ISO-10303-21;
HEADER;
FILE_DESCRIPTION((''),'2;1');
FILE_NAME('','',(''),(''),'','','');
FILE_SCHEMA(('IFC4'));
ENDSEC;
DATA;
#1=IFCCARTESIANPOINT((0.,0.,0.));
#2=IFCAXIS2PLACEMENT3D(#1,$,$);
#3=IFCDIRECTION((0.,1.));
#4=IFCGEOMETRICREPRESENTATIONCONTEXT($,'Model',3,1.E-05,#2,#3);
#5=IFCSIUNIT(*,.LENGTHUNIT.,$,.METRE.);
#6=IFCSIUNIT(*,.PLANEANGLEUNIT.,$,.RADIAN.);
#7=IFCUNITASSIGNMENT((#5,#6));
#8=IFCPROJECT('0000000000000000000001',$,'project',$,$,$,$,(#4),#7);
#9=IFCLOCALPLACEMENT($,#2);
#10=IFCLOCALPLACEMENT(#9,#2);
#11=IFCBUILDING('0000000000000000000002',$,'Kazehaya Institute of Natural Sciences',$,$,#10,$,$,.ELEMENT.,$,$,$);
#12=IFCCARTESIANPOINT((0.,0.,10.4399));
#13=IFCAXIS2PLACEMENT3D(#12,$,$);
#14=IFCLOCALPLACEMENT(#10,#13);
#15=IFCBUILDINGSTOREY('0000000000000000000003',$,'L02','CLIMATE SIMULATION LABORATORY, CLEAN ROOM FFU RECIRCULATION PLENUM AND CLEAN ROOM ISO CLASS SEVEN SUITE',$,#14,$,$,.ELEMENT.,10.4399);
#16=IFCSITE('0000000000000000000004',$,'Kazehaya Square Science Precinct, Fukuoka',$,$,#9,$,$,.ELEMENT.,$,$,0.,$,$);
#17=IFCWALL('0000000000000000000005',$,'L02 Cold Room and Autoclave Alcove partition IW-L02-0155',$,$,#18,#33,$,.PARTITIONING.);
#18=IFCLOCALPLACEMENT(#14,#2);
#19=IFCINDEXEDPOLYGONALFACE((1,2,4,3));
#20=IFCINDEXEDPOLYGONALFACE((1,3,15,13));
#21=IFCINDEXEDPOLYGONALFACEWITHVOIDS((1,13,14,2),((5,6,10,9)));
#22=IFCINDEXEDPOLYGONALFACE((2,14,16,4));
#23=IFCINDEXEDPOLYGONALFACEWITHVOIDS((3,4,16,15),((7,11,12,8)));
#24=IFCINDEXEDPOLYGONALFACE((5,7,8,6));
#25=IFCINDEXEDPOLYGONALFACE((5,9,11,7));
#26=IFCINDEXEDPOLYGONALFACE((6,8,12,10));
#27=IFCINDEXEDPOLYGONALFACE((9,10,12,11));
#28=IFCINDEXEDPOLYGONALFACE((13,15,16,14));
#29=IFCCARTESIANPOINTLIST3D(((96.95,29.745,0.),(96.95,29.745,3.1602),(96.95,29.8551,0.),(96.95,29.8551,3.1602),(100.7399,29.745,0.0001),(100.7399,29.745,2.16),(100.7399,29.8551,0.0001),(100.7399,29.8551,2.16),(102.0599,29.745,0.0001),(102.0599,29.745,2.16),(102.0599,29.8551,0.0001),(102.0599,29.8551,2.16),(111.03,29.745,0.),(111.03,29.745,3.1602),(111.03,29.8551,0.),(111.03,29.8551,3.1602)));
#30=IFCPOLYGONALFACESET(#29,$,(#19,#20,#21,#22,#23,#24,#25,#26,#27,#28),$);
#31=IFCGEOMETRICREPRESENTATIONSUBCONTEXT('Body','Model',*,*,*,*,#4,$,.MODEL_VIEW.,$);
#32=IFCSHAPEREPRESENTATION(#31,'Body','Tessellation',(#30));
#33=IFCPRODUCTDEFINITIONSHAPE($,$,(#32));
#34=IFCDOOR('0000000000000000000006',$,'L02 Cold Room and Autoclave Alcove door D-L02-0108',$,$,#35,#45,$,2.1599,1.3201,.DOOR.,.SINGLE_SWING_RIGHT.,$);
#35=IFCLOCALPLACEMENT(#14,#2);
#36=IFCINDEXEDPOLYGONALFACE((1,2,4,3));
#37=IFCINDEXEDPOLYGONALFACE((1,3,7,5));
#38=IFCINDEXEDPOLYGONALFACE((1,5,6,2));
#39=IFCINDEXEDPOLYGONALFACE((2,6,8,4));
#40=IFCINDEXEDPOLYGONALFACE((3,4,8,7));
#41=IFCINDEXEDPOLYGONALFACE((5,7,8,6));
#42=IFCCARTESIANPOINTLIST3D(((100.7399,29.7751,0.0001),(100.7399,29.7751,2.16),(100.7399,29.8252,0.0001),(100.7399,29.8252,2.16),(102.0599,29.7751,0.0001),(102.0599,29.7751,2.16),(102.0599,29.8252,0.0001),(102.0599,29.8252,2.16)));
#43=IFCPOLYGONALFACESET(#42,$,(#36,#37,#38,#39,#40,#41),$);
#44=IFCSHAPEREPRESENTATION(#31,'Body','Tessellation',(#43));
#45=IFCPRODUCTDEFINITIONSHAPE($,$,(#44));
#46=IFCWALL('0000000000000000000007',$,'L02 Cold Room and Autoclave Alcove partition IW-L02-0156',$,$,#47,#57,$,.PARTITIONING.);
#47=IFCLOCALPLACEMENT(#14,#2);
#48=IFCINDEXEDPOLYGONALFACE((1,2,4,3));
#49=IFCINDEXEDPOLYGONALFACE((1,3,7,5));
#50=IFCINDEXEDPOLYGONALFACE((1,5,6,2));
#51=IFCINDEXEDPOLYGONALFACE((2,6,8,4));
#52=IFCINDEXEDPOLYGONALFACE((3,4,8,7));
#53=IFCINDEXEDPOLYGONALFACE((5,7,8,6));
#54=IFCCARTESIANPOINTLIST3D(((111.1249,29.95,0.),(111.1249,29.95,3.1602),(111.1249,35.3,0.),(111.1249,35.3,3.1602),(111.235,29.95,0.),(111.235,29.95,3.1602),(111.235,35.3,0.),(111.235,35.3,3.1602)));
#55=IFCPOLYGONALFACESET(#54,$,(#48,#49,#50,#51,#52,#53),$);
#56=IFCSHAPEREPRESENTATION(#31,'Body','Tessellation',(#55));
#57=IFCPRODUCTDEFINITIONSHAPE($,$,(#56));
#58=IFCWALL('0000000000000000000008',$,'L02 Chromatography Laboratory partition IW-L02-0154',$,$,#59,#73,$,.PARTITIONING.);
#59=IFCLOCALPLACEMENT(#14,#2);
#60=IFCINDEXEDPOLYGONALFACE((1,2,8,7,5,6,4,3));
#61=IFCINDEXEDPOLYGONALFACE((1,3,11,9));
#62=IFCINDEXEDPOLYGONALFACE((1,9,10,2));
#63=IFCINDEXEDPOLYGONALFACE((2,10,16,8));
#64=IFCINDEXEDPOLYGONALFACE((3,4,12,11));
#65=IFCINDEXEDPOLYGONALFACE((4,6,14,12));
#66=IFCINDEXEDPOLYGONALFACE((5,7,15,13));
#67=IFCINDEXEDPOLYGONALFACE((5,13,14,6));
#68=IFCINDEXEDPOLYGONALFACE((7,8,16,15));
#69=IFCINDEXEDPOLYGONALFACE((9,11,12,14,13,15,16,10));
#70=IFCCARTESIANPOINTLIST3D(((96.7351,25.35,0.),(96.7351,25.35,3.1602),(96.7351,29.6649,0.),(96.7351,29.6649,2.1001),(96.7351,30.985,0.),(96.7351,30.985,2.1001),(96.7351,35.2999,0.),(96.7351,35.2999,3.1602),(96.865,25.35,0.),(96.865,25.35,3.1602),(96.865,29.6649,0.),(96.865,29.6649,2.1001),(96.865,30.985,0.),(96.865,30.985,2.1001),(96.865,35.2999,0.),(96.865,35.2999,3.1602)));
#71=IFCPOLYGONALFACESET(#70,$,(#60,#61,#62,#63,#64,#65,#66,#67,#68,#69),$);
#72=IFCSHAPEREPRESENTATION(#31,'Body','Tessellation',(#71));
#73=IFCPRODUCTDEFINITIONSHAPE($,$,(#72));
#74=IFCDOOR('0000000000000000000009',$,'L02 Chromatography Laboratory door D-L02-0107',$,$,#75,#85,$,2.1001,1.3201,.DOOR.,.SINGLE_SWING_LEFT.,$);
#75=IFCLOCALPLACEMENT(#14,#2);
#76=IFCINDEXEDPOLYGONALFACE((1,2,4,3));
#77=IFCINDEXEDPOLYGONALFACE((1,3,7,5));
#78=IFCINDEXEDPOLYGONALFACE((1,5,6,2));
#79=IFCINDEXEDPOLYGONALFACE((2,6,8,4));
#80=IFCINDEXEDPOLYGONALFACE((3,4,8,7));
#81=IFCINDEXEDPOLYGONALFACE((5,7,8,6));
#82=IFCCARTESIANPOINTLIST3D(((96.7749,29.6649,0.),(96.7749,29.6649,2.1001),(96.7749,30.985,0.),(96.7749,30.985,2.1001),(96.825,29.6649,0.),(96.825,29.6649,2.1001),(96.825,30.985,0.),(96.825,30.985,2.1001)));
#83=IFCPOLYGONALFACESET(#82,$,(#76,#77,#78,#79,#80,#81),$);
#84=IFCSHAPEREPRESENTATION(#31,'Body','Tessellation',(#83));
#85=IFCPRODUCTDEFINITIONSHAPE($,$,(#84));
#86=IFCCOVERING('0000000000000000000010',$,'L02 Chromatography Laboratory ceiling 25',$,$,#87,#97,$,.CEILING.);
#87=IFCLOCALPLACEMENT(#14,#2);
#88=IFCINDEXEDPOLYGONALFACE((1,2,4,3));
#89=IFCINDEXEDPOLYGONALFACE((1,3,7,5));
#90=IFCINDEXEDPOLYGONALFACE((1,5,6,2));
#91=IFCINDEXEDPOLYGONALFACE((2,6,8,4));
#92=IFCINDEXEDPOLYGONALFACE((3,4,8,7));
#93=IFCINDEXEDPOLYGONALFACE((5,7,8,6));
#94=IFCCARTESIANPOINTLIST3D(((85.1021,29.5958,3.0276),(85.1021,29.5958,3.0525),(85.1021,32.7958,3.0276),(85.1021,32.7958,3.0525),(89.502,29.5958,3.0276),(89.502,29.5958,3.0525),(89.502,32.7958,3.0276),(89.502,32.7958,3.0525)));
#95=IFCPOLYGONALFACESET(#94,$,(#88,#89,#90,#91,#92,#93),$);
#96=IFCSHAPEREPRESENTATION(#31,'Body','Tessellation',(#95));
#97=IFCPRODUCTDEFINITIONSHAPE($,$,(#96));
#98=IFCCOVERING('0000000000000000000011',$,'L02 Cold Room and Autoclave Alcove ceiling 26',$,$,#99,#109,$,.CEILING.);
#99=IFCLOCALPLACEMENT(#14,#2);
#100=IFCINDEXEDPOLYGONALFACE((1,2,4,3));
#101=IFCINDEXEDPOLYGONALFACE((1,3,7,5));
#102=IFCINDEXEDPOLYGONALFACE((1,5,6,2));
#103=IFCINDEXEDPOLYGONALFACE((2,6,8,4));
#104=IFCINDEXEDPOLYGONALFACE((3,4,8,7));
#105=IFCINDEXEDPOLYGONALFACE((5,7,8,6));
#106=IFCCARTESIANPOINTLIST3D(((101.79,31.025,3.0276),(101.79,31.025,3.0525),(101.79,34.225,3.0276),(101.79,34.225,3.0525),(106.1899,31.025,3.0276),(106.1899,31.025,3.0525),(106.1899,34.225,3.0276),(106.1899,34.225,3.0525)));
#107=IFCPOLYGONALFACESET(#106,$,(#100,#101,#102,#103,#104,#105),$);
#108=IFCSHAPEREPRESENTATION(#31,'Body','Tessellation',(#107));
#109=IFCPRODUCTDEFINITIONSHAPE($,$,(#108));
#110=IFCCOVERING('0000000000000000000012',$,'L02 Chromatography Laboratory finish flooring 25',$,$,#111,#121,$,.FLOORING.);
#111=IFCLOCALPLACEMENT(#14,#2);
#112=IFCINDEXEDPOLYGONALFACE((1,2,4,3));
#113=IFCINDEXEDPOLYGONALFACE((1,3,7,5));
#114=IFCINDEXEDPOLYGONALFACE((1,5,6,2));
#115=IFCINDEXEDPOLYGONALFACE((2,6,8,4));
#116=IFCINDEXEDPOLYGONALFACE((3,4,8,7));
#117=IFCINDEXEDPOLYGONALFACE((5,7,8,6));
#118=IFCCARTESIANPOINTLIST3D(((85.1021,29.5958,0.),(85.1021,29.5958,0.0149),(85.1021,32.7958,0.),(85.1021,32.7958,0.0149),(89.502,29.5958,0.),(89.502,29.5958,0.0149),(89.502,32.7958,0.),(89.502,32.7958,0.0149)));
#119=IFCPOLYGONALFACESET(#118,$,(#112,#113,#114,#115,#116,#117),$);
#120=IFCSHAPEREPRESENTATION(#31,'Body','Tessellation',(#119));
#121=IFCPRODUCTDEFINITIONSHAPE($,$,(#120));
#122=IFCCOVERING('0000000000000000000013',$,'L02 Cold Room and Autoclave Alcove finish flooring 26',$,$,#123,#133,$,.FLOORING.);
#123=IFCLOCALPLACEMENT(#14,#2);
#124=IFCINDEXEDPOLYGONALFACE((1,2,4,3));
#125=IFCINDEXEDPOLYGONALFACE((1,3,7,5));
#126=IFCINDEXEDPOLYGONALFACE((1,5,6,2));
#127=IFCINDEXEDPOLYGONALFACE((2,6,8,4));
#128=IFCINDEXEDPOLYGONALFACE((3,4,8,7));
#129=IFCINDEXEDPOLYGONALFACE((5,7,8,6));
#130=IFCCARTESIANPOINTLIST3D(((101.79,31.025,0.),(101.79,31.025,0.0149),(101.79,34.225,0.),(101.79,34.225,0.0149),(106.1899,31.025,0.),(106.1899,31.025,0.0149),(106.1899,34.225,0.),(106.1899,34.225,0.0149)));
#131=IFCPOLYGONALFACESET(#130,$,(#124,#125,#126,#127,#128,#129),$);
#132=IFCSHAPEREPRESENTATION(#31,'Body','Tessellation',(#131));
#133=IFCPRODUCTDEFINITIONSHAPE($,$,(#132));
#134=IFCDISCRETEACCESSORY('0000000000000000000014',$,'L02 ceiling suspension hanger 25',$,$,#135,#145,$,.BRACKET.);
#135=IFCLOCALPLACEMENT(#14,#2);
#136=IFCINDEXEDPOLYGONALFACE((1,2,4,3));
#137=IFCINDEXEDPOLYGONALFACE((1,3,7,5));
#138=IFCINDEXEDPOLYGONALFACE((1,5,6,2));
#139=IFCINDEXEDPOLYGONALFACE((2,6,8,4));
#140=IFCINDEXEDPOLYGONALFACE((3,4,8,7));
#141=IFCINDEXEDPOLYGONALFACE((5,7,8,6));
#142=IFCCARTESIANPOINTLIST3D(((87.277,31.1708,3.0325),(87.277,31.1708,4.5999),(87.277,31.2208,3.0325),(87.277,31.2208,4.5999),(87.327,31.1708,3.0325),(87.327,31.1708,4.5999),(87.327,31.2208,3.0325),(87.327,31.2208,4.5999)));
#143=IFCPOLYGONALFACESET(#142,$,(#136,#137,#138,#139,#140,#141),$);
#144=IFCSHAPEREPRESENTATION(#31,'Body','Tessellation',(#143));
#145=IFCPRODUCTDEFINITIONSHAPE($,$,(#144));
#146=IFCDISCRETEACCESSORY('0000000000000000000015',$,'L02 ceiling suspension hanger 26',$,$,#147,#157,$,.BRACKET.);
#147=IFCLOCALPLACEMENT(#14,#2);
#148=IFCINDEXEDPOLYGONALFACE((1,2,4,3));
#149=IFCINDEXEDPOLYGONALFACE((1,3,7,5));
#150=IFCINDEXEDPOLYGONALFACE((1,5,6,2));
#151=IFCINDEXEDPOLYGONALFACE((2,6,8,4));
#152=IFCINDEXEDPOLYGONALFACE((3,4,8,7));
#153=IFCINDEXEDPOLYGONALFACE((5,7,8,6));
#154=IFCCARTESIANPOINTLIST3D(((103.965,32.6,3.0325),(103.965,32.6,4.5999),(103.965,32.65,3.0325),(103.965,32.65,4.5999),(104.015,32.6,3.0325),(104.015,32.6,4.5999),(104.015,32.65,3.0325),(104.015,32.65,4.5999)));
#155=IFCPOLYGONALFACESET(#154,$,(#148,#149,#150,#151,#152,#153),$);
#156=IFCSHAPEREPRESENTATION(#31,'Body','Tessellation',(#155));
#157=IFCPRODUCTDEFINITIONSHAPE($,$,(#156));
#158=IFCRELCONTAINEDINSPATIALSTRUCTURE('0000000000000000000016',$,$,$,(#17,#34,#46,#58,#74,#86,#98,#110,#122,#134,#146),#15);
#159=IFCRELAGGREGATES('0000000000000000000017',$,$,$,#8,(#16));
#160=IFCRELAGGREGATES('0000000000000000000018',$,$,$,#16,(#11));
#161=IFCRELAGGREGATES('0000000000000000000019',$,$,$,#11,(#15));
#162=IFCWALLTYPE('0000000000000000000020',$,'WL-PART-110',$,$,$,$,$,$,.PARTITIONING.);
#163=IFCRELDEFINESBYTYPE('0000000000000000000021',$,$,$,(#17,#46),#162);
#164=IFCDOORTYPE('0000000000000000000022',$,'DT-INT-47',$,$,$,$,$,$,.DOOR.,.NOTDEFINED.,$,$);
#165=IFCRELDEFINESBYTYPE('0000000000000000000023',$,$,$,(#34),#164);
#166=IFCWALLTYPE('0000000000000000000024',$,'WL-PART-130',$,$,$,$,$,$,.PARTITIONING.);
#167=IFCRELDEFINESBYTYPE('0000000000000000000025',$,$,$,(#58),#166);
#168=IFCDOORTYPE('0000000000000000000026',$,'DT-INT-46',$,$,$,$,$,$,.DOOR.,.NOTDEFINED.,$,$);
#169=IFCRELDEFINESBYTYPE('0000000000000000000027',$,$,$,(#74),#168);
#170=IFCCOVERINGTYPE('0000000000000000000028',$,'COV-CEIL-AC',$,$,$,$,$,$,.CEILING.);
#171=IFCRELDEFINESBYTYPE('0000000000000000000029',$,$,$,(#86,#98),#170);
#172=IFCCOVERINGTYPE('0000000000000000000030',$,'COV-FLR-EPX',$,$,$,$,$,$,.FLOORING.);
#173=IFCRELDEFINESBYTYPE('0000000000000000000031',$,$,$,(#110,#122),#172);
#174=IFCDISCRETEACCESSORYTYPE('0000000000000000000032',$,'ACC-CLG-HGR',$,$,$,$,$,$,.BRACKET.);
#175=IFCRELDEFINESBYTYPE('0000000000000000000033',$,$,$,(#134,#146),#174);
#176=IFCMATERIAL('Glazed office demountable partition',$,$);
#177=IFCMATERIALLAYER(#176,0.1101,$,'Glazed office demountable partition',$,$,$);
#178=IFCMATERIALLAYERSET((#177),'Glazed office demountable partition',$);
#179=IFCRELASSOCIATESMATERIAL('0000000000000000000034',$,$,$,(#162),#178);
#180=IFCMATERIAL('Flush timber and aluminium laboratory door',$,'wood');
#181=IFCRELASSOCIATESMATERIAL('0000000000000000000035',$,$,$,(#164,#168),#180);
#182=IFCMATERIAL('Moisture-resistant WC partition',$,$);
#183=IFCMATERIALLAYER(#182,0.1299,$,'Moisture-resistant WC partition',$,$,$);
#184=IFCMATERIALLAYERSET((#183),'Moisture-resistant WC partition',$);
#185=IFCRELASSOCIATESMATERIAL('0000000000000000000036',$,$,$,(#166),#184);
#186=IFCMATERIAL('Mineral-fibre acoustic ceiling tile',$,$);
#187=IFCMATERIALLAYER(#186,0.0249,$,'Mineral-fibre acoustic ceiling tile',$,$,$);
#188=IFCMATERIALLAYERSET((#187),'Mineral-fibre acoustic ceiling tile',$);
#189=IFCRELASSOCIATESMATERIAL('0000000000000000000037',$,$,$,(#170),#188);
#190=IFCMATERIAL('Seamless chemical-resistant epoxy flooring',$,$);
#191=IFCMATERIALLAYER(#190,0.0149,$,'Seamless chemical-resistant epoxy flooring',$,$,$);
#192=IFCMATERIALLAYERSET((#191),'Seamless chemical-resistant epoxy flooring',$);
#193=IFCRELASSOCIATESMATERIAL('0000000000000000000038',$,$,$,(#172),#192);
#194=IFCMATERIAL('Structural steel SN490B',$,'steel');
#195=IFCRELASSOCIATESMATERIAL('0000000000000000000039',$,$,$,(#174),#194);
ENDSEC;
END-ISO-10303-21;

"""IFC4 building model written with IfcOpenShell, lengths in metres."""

from ifc_helpers import new_model, si_unit, direction, frame, frame_2d, origin, origin_2d, place, context, subcontext, project, spatial, rectangle, extrude, material, layer, layer_set, type_object, element, fill, save


model = new_model("IFC4")

# Units and contexts
model_context = context("Model", 3, precision=1e-05, world=origin(), true_north=direction((0.0, 1.0)))
body_context = subcontext(model_context, "Body", "Model", "MODEL_VIEW")
ifc_project = project(units=[si_unit("LENGTHUNIT", "METRE"), si_unit("PLANEANGLEUNIT", "RADIAN")], contexts=[model_context])

# Site, building, storey
site_placement = place(None, origin())
site = spatial("IfcSite", under=ifc_project, at=site_placement, Name="Kazehaya Square Science Precinct, Fukuoka", CompositionType="ELEMENT", RefElevation=0.0)
building_placement = place(site_placement, origin())
building = spatial("IfcBuilding", under=site, at=building_placement, Name="Kazehaya Institute of Natural Sciences", CompositionType="ELEMENT")
storey_placement = place(building_placement, frame((0.0, 0.0, 10.4399)))
storey = spatial("IfcBuildingStorey", under=building, at=storey_placement, Name="L02", Description="CLIMATE SIMULATION LABORATORY, CLEAN ROOM FFU RECIRCULATION PLENUM AND CLEAN ROOM ISO CLASS SEVEN SUITE", CompositionType="ELEMENT", Elevation=10.4399)

# Shared definitions
ifc_material_1 = material(Name="Structural steel SN490B", Category="steel")

# Wall, opening, door
ifc_material_2 = material(Name="Glazed office demountable partition")
ifc_layer_1 = layer(ifc_material_2, 0.1101, Name="Glazed office demountable partition")
ifc_layer_set_1 = layer_set([ifc_layer_1], Name="Glazed office demountable partition")
wall_type_1 = type_object("IfcWallType", Name="WL-PART-110", PredefinedType="PARTITIONING", material=ifc_layer_set_1)
wall_1_placement = place(storey_placement, frame((111.03, 29.8, 0.0), z_axis=(0.0, 0.0, 1.0), x_axis=(-1.0, 0.0, 0.0)))
wall_1 = element("IfcWall", 1, at=wall_1_placement, inside=storey, type_object=wall_type_1, Name="L02 Cold Room and Autoclave Alcove partition IW-L02-0155", PredefinedType="PARTITIONING", context=body_context, shape_type="SweptSolid", body=[
    extrude(rectangle(XDim=14.0801, YDim=0.1101, at=frame_2d((7.04, 0.0))), origin(), (0.0, 0.0, 1.0), 3.1602),
])
opening_1_placement = place(wall_1_placement, frame((8.97, 0.0, 0.0)))
opening_1 = element("IfcOpeningElement", 2, at=opening_1_placement, cuts=wall_1, PredefinedType="OPENING", context=body_context, shape_type="SweptSolid", body=[
    extrude(rectangle(XDim=1.3201, YDim=2.1599, at=frame_2d((0.6602, 1.0801))), frame((0.0, 0.0649, 0.0), z_axis=(0.0, -1.0, 0.0), x_axis=(1.0, 0.0, 0.0)), (0.0, 0.0, 1.0), 0.1301),
])
ifc_material_3 = material(Name="Flush timber and aluminium laboratory door", Category="wood")
door_type_1 = type_object("IfcDoorType", Name="DT-INT-47", OperationType="NOTDEFINED", PredefinedType="DOOR", material=ifc_material_3)
door_1_placement = place(opening_1_placement, origin())
door_1 = element("IfcDoor", 3, at=door_1_placement, inside=storey, type_object=door_type_1, Name="L02 Cold Room and Autoclave Alcove door D-L02-0108", OperationType="SINGLE_SWING_RIGHT", OverallHeight=2.1599, OverallWidth=1.3201, PredefinedType="DOOR", context=body_context, shape_type="SweptSolid", body=[
    extrude(rectangle(XDim=1.3201, YDim=2.1599, at=frame_2d((0.6602, 1.0801))), frame((0.0, 0.0249, 0.0), z_axis=(0.0, -1.0, 0.0), x_axis=(1.0, 0.0, 0.0)), (0.0, 0.0, 1.0), 0.05),
])
fill(opening_1, door_1)

# Wall
wall_2_placement = place(storey_placement, frame((111.1799, 35.3, 0.0), z_axis=(0.0, 0.0, 1.0), x_axis=(0.0, -1.0, 0.0)))
element("IfcWall", 4, at=wall_2_placement, inside=storey, type_object=wall_type_1, Name="L02 Cold Room and Autoclave Alcove partition IW-L02-0156", PredefinedType="PARTITIONING", context=body_context, shape_type="SweptSolid", body=[
    extrude(rectangle(XDim=5.3501, YDim=0.1101, at=frame_2d((2.675, 0.0))), origin(), (0.0, 0.0, 1.0), 3.1602),
])

# Wall, opening, door
ifc_material_4 = material(Name="Moisture-resistant WC partition")
ifc_layer_2 = layer(ifc_material_4, 0.1299, Name="Moisture-resistant WC partition")
ifc_layer_set_2 = layer_set([ifc_layer_2], Name="Moisture-resistant WC partition")
wall_type_2 = type_object("IfcWallType", Name="WL-PART-130", PredefinedType="PARTITIONING", material=ifc_layer_set_2)
wall_3_placement = place(storey_placement, frame((96.8, 35.3, 0.0), z_axis=(0.0, 0.0, 1.0), x_axis=(0.0, -1.0, 0.0)))
wall_3 = element("IfcWall", 5, at=wall_3_placement, inside=storey, type_object=wall_type_2, Name="L02 Chromatography Laboratory partition IW-L02-0154", PredefinedType="PARTITIONING", context=body_context, shape_type="SweptSolid", body=[
    extrude(rectangle(XDim=9.95, YDim=0.1299, at=frame_2d((4.9751, 0.0))), origin(), (0.0, 0.0, 1.0), 3.1602),
])
opening_2_placement = place(wall_3_placement, frame((4.3149, 0.0, 0.0)))
opening_2 = element("IfcOpeningElement", 6, at=opening_2_placement, cuts=wall_3, PredefinedType="OPENING", context=body_context, shape_type="SweptSolid", body=[
    extrude(rectangle(XDim=1.3201, YDim=2.1001, at=frame_2d((0.6602, 1.05))), frame((0.0, 0.075, 0.0), z_axis=(0.0, -1.0, 0.0), x_axis=(1.0, 0.0, 0.0)), (0.0, 0.0, 1.0), 0.1499),
])
door_type_2 = type_object("IfcDoorType", Name="DT-INT-46", OperationType="NOTDEFINED", PredefinedType="DOOR", material=ifc_material_3)
door_2_placement = place(opening_2_placement, origin())
door_2 = element("IfcDoor", 7, at=door_2_placement, inside=storey, type_object=door_type_2, Name="L02 Chromatography Laboratory door D-L02-0107", OperationType="SINGLE_SWING_LEFT", OverallHeight=2.1001, OverallWidth=1.3201, PredefinedType="DOOR", context=body_context, shape_type="SweptSolid", body=[
    extrude(rectangle(XDim=1.3201, YDim=2.1001, at=frame_2d((0.6602, 1.05))), frame((0.0, 0.0249, 0.0), z_axis=(0.0, -1.0, 0.0), x_axis=(1.0, 0.0, 0.0)), (0.0, 0.0, 1.0), 0.05),
])
fill(opening_2, door_2)

# Coverings
ifc_material_5 = material(Name="Mineral-fibre acoustic ceiling tile")
ifc_layer_3 = layer(ifc_material_5, 0.0249, Name="Mineral-fibre acoustic ceiling tile")
ifc_layer_set_3 = layer_set([ifc_layer_3], Name="Mineral-fibre acoustic ceiling tile")
covering_type_1 = type_object("IfcCoveringType", Name="COV-CEIL-AC", PredefinedType="CEILING", material=ifc_layer_set_3)
for number, where, z_axis, x_axis, name in (
    (8, (87.302, 31.1958, 3.0276), (0.0, 0.0, 1.0), (1.0, 0.0, 0.0), "L02 Chromatography Laboratory ceiling 25"),
    (9, (103.99, 32.625, 3.0276), (0.0, 0.0, 1.0), (1.0, 0.0, 0.0), "L02 Cold Room and Autoclave Alcove ceiling 26"),
):
    element("IfcCovering", number, at=place(storey_placement, frame(where, z_axis=z_axis, x_axis=x_axis)), inside=storey, type_object=covering_type_1, Name=name, PredefinedType="CEILING", context=body_context, shape_type="SweptSolid", body=[
        extrude(rectangle(XDim=4.3999, YDim=3.2, at=origin_2d()), origin(), (0.0, 0.0, 1.0), 0.0249),
    ])
ifc_material_6 = material(Name="Seamless chemical-resistant epoxy flooring")
ifc_layer_4 = layer(ifc_material_6, 0.0149, Name="Seamless chemical-resistant epoxy flooring")
ifc_layer_set_4 = layer_set([ifc_layer_4], Name="Seamless chemical-resistant epoxy flooring")
covering_type_2 = type_object("IfcCoveringType", Name="COV-FLR-EPX", PredefinedType="FLOORING", material=ifc_layer_set_4)
for number, where, z_axis, x_axis, name in (
    (10, (87.302, 31.1958, 0.0), (0.0, 0.0, 1.0), (1.0, 0.0, 0.0), "L02 Chromatography Laboratory finish flooring 25"),
    (11, (103.99, 32.625, 0.0), (0.0, 0.0, 1.0), (1.0, 0.0, 0.0), "L02 Cold Room and Autoclave Alcove finish flooring 26"),
):
    element("IfcCovering", number, at=place(storey_placement, frame(where, z_axis=z_axis, x_axis=x_axis)), inside=storey, type_object=covering_type_2, Name=name, PredefinedType="FLOORING", context=body_context, shape_type="SweptSolid", body=[
        extrude(rectangle(XDim=4.3999, YDim=3.2, at=origin_2d()), origin(), (0.0, 0.0, 1.0), 0.0149),
    ])

# Discrete accessories
discrete_accessory_type = type_object("IfcDiscreteAccessoryType", Name="ACC-CLG-HGR", PredefinedType="BRACKET", material=ifc_material_1)
for number, where, z_axis, x_axis, name in (
    (12, (87.302, 31.1958, 3.0325), (0.0, 0.0, 1.0), (1.0, 0.0, 0.0), "L02 ceiling suspension hanger 25"),
    (13, (103.99, 32.625, 3.0325), (0.0, 0.0, 1.0), (1.0, 0.0, 0.0), "L02 ceiling suspension hanger 26"),
):
    element("IfcDiscreteAccessory", number, at=place(storey_placement, frame(where, z_axis=z_axis, x_axis=x_axis)), inside=storey, type_object=discrete_accessory_type, Name=name, PredefinedType="BRACKET", context=body_context, shape_type="SweptSolid", body=[
        extrude(rectangle(XDim=0.05, YDim=0.05, at=origin_2d()), origin(), (0.0, 0.0, 1.0), 1.5674),
    ])

save(model, "model.ifc")
